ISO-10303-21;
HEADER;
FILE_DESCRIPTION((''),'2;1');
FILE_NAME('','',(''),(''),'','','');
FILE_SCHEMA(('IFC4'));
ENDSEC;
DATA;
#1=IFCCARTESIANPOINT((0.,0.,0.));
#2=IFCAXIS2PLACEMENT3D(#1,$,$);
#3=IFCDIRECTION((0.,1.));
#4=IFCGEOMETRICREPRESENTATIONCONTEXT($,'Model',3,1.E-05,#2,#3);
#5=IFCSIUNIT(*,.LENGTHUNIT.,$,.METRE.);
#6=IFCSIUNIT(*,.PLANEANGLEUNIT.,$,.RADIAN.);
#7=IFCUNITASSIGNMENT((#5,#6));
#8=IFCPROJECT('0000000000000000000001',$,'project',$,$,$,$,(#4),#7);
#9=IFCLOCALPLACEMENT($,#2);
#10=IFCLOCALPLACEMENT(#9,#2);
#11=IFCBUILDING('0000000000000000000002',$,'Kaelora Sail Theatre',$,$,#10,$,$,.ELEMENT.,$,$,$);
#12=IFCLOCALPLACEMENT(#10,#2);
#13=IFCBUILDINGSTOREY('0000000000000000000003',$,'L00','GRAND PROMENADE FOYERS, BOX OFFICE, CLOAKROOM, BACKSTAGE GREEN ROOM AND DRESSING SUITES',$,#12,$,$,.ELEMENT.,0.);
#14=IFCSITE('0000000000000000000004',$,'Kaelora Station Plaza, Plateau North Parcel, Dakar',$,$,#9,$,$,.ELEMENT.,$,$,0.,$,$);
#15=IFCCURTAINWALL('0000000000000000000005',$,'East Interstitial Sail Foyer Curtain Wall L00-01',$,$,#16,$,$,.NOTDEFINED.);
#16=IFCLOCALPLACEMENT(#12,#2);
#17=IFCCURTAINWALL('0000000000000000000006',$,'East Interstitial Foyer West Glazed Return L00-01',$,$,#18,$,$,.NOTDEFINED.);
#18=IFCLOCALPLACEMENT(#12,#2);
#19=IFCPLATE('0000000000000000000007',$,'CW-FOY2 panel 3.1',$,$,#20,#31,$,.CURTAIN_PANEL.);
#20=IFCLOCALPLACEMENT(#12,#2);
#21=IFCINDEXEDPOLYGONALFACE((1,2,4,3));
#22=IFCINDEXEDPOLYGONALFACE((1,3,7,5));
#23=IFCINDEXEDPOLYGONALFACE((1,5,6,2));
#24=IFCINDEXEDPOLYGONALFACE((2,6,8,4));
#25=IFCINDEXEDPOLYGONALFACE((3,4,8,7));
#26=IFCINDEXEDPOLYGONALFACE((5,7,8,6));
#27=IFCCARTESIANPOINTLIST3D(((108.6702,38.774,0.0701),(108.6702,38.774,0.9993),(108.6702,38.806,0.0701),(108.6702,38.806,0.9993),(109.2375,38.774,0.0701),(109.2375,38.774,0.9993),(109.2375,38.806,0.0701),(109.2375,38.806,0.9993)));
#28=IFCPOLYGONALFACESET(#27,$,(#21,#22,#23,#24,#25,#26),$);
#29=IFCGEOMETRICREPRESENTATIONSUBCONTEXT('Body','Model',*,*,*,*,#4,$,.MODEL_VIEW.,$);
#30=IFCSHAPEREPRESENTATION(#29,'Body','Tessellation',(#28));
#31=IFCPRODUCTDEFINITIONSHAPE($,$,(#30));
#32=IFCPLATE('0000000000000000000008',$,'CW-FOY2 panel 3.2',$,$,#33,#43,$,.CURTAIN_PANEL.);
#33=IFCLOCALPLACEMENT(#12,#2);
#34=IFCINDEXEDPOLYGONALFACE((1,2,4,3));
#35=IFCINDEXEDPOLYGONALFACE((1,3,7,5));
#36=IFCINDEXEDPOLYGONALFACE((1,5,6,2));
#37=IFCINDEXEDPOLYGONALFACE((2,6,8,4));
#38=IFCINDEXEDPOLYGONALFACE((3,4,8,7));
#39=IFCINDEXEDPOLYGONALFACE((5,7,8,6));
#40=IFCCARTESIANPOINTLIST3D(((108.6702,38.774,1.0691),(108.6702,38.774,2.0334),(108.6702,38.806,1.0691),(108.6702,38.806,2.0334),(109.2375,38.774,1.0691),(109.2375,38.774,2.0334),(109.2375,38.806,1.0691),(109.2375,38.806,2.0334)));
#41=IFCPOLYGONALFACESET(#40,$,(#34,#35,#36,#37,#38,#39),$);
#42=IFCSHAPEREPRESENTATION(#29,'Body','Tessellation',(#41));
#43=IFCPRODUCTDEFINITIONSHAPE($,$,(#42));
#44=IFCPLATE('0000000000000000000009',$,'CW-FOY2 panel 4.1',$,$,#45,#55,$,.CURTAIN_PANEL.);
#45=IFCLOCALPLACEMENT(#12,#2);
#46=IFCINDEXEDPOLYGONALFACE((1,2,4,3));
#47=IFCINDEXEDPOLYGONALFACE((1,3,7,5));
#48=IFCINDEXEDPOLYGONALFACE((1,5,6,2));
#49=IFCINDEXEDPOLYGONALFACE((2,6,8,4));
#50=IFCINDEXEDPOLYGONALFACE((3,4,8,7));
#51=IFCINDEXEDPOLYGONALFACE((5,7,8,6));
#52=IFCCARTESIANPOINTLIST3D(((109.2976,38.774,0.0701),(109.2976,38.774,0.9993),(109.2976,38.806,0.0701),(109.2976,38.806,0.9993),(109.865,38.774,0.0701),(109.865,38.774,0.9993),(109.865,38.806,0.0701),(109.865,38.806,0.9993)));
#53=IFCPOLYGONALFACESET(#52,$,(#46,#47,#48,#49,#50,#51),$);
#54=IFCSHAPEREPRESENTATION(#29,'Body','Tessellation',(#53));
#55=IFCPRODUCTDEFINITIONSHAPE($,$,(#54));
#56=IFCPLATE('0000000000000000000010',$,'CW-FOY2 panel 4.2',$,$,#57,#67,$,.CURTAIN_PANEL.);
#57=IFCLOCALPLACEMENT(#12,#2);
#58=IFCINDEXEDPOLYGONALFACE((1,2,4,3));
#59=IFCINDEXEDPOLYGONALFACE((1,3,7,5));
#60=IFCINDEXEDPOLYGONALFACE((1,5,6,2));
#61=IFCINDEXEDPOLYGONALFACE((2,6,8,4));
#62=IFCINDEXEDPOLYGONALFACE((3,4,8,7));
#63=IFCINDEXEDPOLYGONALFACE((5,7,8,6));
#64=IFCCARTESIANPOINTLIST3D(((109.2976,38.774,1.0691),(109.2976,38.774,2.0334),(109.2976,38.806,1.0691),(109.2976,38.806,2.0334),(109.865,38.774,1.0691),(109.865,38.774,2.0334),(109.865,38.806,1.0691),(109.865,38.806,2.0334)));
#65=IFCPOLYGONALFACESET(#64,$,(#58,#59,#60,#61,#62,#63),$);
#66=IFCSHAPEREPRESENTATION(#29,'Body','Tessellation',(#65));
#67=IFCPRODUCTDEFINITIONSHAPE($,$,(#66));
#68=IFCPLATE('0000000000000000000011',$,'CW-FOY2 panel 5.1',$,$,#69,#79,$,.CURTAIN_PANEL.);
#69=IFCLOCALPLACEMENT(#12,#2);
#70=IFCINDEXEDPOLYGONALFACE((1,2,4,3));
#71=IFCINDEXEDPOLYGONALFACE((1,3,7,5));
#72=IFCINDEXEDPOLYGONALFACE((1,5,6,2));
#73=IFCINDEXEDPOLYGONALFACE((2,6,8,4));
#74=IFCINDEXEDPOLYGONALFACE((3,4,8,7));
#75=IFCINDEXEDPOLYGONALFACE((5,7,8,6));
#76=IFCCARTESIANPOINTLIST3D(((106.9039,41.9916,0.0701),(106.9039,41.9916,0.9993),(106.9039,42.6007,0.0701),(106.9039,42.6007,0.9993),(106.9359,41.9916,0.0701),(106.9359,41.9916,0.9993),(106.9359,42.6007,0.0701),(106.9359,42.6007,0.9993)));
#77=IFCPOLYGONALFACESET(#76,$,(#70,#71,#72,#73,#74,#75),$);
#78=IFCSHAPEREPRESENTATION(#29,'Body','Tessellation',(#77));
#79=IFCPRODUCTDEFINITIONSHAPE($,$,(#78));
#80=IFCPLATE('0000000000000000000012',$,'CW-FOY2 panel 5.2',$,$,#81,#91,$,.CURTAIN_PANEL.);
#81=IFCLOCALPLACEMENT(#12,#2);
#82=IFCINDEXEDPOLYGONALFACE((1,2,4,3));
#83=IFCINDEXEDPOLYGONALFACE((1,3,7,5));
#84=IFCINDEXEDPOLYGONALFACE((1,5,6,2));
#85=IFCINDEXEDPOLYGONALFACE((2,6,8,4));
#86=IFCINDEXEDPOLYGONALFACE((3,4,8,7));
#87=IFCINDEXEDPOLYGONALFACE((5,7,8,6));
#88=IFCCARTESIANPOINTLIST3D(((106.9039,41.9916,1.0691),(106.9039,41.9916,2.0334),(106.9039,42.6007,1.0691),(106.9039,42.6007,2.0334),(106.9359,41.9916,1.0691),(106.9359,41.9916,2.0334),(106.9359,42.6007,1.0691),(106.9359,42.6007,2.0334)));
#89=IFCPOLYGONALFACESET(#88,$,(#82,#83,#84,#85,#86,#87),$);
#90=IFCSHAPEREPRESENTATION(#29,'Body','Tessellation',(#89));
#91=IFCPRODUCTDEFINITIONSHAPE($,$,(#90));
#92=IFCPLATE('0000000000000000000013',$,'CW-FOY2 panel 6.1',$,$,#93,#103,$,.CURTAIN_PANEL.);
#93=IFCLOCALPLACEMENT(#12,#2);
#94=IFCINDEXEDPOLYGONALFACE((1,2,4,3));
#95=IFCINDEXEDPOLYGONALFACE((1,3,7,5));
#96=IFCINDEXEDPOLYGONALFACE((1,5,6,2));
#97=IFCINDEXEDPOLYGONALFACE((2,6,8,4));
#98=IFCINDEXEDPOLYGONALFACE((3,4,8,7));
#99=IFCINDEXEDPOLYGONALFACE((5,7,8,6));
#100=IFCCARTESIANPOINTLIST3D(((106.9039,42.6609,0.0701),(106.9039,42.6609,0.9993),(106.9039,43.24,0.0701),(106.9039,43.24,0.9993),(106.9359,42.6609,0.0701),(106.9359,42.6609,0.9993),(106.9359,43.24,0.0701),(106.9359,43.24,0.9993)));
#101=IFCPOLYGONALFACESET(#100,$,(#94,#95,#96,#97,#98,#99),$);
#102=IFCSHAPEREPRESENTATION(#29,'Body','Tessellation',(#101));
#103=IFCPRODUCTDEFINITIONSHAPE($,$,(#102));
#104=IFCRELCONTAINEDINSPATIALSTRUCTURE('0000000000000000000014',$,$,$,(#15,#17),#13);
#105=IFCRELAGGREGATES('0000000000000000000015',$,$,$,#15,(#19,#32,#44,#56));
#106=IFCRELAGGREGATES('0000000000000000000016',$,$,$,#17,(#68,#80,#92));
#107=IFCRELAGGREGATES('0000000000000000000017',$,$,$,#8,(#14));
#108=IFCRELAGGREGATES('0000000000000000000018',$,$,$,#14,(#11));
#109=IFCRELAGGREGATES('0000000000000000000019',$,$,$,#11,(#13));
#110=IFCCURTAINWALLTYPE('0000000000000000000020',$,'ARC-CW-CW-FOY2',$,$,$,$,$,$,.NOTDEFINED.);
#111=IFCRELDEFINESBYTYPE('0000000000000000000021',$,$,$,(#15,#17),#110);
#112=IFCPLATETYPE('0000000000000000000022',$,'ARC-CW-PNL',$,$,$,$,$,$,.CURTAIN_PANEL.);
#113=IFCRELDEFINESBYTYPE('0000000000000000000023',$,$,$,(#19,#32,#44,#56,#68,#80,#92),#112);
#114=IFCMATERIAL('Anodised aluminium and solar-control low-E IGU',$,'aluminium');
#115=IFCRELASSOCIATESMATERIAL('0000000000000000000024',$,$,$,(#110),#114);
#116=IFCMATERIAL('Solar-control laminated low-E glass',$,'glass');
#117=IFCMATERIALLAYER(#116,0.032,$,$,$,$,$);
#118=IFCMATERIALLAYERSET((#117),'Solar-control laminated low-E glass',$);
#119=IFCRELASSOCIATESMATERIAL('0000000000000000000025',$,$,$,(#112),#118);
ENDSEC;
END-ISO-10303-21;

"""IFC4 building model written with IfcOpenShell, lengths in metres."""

from ifc_helpers import new_model, si_unit, direction, frame, origin, origin_2d, place, context, subcontext, project, spatial, rectangle, extrude, material, layer, layer_set, type_object, element, aggregate, save


model = new_model("IFC4")

# Units and contexts
model_context = context("Model", 3, precision=1e-05, world=origin(), true_north=direction((0.0, 1.0)))
body_context = subcontext(model_context, "Body", "Model", "MODEL_VIEW")
ifc_project = project(units=[si_unit("LENGTHUNIT", "METRE"), si_unit("PLANEANGLEUNIT", "RADIAN")], contexts=[model_context])

# Site, building, storey
site_placement = place(None, origin())
site = spatial("IfcSite", under=ifc_project, at=site_placement, Name="Kaelora Station Plaza, Plateau North Parcel, Dakar", CompositionType="ELEMENT", RefElevation=0.0)
building_placement = place(site_placement, origin())
building = spatial("IfcBuilding", under=site, at=building_placement, Name="Kaelora Sail Theatre", CompositionType="ELEMENT")
storey_placement = place(building_placement, origin())
storey = spatial("IfcBuildingStorey", under=building, at=storey_placement, Name="L00", Description="GRAND PROMENADE FOYERS, BOX OFFICE, CLOAKROOM, BACKSTAGE GREEN ROOM AND DRESSING SUITES", CompositionType="ELEMENT", Elevation=0.0)

# Curtain wall
ifc_material_1 = material(Name="Anodised aluminium and solar-control low-E IGU", Category="aluminium")
curtain_wall_type = type_object("IfcCurtainWallType", Name="ARC-CW-CW-FOY2", PredefinedType="NOTDEFINED", material=ifc_material_1)
curtain_wall_1_placement = place(storey_placement, origin())
curtain_wall_1 = element("IfcCurtainWall", 1, at=curtain_wall_1_placement, inside=storey, type_object=curtain_wall_type, Name="East Interstitial Sail Foyer Curtain Wall L00-01", PredefinedType="NOTDEFINED")

# Curtain wall
curtain_wall_2_placement = place(storey_placement, origin())
curtain_wall_2 = element("IfcCurtainWall", 2, at=curtain_wall_2_placement, inside=storey, type_object=curtain_wall_type, Name="East Interstitial Foyer West Glazed Return L00-01", PredefinedType="NOTDEFINED")

# Plates
ifc_material_2 = material(Name="Solar-control laminated low-E glass", Category="glass")
ifc_layer = layer(ifc_material_2, 0.032)
ifc_layer_set = layer_set([ifc_layer], Name="Solar-control laminated low-E glass")
plate_type = type_object("IfcPlateType", Name="ARC-CW-PNL", PredefinedType="CURTAIN_PANEL", material=ifc_layer_set)
plate_1_placement = place(storey_placement, frame((108.9539, 38.79, 0.0701), z_axis=(0.0, 0.0, 1.0), x_axis=(1.0, 0.0, 0.0)))
plate_1 = element("IfcPlate", 3, at=plate_1_placement, type_object=plate_type, Name="CW-FOY2 panel 3.1", PredefinedType="CURTAIN_PANEL", context=body_context, shape_type="SweptSolid", body=[
    extrude(rectangle(XDim=0.5674, YDim=0.032, at=origin_2d()), origin(), (0.0, 0.0, 1.0), 0.9292),
])
plate_2_placement = place(storey_placement, frame((108.9539, 38.79, 1.0691), z_axis=(0.0, 0.0, 1.0), x_axis=(1.0, 0.0, 0.0)))
plate_2 = element("IfcPlate", 4, at=plate_2_placement, type_object=plate_type, Name="CW-FOY2 panel 3.2", PredefinedType="CURTAIN_PANEL", context=body_context, shape_type="SweptSolid", body=[
    extrude(rectangle(XDim=0.5674, YDim=0.032, at=origin_2d()), origin(), (0.0, 0.0, 1.0), 0.9644),
])
plate_3_placement = place(storey_placement, frame((109.5813, 38.79, 0.0701), z_axis=(0.0, 0.0, 1.0), x_axis=(1.0, 0.0, 0.0)))
plate_3 = element("IfcPlate", 5, at=plate_3_placement, type_object=plate_type, Name="CW-FOY2 panel 4.1", PredefinedType="CURTAIN_PANEL", context=body_context, shape_type="SweptSolid", body=[
    extrude(rectangle(XDim=0.5674, YDim=0.032, at=origin_2d()), origin(), (0.0, 0.0, 1.0), 0.9292),
])
plate_4_placement = place(storey_placement, frame((109.5813, 38.79, 1.0691), z_axis=(0.0, 0.0, 1.0), x_axis=(1.0, 0.0, 0.0)))
plate_4 = element("IfcPlate", 6, at=plate_4_placement, type_object=plate_type, Name="CW-FOY2 panel 4.2", PredefinedType="CURTAIN_PANEL", context=body_context, shape_type="SweptSolid", body=[
    extrude(rectangle(XDim=0.5674, YDim=0.032, at=origin_2d()), origin(), (0.0, 0.0, 1.0), 0.9644),
])
aggregate(curtain_wall_1, [plate_1, plate_2, plate_3, plate_4])
plate_5_placement = place(storey_placement, frame((106.9199, 42.2961, 0.0701), z_axis=(0.0, 0.0, 1.0), x_axis=(0.0, 1.0, 0.0)))
plate_5 = element("IfcPlate", 7, at=plate_5_placement, type_object=plate_type, Name="CW-FOY2 panel 5.1", PredefinedType="CURTAIN_PANEL", context=body_context, shape_type="SweptSolid", body=[
    extrude(rectangle(XDim=0.6091, YDim=0.032, at=origin_2d()), origin(), (0.0, 0.0, 1.0), 0.9292),
])
plate_6_placement = place(storey_placement, frame((106.9199, 42.2961, 1.0691), z_axis=(0.0, 0.0, 1.0), x_axis=(0.0, 1.0, 0.0)))
plate_6 = element("IfcPlate", 8, at=plate_6_placement, type_object=plate_type, Name="CW-FOY2 panel 5.2", PredefinedType="CURTAIN_PANEL", context=body_context, shape_type="SweptSolid", body=[
    extrude(rectangle(XDim=0.6091, YDim=0.032, at=origin_2d()), origin(), (0.0, 0.0, 1.0), 0.9644),
])
plate_7_placement = place(storey_placement, frame((106.9199, 42.9504, 0.0701), z_axis=(0.0, 0.0, 1.0), x_axis=(0.0, 1.0, 0.0)))
plate_7 = element("IfcPlate", 9, at=plate_7_placement, type_object=plate_type, Name="CW-FOY2 panel 6.1", PredefinedType="CURTAIN_PANEL", context=body_context, shape_type="SweptSolid", body=[
    extrude(rectangle(XDim=0.5791, YDim=0.032, at=origin_2d()), origin(), (0.0, 0.0, 1.0), 0.9292),
])
aggregate(curtain_wall_2, [plate_5, plate_6, plate_7])

save(model, "model.ifc")
